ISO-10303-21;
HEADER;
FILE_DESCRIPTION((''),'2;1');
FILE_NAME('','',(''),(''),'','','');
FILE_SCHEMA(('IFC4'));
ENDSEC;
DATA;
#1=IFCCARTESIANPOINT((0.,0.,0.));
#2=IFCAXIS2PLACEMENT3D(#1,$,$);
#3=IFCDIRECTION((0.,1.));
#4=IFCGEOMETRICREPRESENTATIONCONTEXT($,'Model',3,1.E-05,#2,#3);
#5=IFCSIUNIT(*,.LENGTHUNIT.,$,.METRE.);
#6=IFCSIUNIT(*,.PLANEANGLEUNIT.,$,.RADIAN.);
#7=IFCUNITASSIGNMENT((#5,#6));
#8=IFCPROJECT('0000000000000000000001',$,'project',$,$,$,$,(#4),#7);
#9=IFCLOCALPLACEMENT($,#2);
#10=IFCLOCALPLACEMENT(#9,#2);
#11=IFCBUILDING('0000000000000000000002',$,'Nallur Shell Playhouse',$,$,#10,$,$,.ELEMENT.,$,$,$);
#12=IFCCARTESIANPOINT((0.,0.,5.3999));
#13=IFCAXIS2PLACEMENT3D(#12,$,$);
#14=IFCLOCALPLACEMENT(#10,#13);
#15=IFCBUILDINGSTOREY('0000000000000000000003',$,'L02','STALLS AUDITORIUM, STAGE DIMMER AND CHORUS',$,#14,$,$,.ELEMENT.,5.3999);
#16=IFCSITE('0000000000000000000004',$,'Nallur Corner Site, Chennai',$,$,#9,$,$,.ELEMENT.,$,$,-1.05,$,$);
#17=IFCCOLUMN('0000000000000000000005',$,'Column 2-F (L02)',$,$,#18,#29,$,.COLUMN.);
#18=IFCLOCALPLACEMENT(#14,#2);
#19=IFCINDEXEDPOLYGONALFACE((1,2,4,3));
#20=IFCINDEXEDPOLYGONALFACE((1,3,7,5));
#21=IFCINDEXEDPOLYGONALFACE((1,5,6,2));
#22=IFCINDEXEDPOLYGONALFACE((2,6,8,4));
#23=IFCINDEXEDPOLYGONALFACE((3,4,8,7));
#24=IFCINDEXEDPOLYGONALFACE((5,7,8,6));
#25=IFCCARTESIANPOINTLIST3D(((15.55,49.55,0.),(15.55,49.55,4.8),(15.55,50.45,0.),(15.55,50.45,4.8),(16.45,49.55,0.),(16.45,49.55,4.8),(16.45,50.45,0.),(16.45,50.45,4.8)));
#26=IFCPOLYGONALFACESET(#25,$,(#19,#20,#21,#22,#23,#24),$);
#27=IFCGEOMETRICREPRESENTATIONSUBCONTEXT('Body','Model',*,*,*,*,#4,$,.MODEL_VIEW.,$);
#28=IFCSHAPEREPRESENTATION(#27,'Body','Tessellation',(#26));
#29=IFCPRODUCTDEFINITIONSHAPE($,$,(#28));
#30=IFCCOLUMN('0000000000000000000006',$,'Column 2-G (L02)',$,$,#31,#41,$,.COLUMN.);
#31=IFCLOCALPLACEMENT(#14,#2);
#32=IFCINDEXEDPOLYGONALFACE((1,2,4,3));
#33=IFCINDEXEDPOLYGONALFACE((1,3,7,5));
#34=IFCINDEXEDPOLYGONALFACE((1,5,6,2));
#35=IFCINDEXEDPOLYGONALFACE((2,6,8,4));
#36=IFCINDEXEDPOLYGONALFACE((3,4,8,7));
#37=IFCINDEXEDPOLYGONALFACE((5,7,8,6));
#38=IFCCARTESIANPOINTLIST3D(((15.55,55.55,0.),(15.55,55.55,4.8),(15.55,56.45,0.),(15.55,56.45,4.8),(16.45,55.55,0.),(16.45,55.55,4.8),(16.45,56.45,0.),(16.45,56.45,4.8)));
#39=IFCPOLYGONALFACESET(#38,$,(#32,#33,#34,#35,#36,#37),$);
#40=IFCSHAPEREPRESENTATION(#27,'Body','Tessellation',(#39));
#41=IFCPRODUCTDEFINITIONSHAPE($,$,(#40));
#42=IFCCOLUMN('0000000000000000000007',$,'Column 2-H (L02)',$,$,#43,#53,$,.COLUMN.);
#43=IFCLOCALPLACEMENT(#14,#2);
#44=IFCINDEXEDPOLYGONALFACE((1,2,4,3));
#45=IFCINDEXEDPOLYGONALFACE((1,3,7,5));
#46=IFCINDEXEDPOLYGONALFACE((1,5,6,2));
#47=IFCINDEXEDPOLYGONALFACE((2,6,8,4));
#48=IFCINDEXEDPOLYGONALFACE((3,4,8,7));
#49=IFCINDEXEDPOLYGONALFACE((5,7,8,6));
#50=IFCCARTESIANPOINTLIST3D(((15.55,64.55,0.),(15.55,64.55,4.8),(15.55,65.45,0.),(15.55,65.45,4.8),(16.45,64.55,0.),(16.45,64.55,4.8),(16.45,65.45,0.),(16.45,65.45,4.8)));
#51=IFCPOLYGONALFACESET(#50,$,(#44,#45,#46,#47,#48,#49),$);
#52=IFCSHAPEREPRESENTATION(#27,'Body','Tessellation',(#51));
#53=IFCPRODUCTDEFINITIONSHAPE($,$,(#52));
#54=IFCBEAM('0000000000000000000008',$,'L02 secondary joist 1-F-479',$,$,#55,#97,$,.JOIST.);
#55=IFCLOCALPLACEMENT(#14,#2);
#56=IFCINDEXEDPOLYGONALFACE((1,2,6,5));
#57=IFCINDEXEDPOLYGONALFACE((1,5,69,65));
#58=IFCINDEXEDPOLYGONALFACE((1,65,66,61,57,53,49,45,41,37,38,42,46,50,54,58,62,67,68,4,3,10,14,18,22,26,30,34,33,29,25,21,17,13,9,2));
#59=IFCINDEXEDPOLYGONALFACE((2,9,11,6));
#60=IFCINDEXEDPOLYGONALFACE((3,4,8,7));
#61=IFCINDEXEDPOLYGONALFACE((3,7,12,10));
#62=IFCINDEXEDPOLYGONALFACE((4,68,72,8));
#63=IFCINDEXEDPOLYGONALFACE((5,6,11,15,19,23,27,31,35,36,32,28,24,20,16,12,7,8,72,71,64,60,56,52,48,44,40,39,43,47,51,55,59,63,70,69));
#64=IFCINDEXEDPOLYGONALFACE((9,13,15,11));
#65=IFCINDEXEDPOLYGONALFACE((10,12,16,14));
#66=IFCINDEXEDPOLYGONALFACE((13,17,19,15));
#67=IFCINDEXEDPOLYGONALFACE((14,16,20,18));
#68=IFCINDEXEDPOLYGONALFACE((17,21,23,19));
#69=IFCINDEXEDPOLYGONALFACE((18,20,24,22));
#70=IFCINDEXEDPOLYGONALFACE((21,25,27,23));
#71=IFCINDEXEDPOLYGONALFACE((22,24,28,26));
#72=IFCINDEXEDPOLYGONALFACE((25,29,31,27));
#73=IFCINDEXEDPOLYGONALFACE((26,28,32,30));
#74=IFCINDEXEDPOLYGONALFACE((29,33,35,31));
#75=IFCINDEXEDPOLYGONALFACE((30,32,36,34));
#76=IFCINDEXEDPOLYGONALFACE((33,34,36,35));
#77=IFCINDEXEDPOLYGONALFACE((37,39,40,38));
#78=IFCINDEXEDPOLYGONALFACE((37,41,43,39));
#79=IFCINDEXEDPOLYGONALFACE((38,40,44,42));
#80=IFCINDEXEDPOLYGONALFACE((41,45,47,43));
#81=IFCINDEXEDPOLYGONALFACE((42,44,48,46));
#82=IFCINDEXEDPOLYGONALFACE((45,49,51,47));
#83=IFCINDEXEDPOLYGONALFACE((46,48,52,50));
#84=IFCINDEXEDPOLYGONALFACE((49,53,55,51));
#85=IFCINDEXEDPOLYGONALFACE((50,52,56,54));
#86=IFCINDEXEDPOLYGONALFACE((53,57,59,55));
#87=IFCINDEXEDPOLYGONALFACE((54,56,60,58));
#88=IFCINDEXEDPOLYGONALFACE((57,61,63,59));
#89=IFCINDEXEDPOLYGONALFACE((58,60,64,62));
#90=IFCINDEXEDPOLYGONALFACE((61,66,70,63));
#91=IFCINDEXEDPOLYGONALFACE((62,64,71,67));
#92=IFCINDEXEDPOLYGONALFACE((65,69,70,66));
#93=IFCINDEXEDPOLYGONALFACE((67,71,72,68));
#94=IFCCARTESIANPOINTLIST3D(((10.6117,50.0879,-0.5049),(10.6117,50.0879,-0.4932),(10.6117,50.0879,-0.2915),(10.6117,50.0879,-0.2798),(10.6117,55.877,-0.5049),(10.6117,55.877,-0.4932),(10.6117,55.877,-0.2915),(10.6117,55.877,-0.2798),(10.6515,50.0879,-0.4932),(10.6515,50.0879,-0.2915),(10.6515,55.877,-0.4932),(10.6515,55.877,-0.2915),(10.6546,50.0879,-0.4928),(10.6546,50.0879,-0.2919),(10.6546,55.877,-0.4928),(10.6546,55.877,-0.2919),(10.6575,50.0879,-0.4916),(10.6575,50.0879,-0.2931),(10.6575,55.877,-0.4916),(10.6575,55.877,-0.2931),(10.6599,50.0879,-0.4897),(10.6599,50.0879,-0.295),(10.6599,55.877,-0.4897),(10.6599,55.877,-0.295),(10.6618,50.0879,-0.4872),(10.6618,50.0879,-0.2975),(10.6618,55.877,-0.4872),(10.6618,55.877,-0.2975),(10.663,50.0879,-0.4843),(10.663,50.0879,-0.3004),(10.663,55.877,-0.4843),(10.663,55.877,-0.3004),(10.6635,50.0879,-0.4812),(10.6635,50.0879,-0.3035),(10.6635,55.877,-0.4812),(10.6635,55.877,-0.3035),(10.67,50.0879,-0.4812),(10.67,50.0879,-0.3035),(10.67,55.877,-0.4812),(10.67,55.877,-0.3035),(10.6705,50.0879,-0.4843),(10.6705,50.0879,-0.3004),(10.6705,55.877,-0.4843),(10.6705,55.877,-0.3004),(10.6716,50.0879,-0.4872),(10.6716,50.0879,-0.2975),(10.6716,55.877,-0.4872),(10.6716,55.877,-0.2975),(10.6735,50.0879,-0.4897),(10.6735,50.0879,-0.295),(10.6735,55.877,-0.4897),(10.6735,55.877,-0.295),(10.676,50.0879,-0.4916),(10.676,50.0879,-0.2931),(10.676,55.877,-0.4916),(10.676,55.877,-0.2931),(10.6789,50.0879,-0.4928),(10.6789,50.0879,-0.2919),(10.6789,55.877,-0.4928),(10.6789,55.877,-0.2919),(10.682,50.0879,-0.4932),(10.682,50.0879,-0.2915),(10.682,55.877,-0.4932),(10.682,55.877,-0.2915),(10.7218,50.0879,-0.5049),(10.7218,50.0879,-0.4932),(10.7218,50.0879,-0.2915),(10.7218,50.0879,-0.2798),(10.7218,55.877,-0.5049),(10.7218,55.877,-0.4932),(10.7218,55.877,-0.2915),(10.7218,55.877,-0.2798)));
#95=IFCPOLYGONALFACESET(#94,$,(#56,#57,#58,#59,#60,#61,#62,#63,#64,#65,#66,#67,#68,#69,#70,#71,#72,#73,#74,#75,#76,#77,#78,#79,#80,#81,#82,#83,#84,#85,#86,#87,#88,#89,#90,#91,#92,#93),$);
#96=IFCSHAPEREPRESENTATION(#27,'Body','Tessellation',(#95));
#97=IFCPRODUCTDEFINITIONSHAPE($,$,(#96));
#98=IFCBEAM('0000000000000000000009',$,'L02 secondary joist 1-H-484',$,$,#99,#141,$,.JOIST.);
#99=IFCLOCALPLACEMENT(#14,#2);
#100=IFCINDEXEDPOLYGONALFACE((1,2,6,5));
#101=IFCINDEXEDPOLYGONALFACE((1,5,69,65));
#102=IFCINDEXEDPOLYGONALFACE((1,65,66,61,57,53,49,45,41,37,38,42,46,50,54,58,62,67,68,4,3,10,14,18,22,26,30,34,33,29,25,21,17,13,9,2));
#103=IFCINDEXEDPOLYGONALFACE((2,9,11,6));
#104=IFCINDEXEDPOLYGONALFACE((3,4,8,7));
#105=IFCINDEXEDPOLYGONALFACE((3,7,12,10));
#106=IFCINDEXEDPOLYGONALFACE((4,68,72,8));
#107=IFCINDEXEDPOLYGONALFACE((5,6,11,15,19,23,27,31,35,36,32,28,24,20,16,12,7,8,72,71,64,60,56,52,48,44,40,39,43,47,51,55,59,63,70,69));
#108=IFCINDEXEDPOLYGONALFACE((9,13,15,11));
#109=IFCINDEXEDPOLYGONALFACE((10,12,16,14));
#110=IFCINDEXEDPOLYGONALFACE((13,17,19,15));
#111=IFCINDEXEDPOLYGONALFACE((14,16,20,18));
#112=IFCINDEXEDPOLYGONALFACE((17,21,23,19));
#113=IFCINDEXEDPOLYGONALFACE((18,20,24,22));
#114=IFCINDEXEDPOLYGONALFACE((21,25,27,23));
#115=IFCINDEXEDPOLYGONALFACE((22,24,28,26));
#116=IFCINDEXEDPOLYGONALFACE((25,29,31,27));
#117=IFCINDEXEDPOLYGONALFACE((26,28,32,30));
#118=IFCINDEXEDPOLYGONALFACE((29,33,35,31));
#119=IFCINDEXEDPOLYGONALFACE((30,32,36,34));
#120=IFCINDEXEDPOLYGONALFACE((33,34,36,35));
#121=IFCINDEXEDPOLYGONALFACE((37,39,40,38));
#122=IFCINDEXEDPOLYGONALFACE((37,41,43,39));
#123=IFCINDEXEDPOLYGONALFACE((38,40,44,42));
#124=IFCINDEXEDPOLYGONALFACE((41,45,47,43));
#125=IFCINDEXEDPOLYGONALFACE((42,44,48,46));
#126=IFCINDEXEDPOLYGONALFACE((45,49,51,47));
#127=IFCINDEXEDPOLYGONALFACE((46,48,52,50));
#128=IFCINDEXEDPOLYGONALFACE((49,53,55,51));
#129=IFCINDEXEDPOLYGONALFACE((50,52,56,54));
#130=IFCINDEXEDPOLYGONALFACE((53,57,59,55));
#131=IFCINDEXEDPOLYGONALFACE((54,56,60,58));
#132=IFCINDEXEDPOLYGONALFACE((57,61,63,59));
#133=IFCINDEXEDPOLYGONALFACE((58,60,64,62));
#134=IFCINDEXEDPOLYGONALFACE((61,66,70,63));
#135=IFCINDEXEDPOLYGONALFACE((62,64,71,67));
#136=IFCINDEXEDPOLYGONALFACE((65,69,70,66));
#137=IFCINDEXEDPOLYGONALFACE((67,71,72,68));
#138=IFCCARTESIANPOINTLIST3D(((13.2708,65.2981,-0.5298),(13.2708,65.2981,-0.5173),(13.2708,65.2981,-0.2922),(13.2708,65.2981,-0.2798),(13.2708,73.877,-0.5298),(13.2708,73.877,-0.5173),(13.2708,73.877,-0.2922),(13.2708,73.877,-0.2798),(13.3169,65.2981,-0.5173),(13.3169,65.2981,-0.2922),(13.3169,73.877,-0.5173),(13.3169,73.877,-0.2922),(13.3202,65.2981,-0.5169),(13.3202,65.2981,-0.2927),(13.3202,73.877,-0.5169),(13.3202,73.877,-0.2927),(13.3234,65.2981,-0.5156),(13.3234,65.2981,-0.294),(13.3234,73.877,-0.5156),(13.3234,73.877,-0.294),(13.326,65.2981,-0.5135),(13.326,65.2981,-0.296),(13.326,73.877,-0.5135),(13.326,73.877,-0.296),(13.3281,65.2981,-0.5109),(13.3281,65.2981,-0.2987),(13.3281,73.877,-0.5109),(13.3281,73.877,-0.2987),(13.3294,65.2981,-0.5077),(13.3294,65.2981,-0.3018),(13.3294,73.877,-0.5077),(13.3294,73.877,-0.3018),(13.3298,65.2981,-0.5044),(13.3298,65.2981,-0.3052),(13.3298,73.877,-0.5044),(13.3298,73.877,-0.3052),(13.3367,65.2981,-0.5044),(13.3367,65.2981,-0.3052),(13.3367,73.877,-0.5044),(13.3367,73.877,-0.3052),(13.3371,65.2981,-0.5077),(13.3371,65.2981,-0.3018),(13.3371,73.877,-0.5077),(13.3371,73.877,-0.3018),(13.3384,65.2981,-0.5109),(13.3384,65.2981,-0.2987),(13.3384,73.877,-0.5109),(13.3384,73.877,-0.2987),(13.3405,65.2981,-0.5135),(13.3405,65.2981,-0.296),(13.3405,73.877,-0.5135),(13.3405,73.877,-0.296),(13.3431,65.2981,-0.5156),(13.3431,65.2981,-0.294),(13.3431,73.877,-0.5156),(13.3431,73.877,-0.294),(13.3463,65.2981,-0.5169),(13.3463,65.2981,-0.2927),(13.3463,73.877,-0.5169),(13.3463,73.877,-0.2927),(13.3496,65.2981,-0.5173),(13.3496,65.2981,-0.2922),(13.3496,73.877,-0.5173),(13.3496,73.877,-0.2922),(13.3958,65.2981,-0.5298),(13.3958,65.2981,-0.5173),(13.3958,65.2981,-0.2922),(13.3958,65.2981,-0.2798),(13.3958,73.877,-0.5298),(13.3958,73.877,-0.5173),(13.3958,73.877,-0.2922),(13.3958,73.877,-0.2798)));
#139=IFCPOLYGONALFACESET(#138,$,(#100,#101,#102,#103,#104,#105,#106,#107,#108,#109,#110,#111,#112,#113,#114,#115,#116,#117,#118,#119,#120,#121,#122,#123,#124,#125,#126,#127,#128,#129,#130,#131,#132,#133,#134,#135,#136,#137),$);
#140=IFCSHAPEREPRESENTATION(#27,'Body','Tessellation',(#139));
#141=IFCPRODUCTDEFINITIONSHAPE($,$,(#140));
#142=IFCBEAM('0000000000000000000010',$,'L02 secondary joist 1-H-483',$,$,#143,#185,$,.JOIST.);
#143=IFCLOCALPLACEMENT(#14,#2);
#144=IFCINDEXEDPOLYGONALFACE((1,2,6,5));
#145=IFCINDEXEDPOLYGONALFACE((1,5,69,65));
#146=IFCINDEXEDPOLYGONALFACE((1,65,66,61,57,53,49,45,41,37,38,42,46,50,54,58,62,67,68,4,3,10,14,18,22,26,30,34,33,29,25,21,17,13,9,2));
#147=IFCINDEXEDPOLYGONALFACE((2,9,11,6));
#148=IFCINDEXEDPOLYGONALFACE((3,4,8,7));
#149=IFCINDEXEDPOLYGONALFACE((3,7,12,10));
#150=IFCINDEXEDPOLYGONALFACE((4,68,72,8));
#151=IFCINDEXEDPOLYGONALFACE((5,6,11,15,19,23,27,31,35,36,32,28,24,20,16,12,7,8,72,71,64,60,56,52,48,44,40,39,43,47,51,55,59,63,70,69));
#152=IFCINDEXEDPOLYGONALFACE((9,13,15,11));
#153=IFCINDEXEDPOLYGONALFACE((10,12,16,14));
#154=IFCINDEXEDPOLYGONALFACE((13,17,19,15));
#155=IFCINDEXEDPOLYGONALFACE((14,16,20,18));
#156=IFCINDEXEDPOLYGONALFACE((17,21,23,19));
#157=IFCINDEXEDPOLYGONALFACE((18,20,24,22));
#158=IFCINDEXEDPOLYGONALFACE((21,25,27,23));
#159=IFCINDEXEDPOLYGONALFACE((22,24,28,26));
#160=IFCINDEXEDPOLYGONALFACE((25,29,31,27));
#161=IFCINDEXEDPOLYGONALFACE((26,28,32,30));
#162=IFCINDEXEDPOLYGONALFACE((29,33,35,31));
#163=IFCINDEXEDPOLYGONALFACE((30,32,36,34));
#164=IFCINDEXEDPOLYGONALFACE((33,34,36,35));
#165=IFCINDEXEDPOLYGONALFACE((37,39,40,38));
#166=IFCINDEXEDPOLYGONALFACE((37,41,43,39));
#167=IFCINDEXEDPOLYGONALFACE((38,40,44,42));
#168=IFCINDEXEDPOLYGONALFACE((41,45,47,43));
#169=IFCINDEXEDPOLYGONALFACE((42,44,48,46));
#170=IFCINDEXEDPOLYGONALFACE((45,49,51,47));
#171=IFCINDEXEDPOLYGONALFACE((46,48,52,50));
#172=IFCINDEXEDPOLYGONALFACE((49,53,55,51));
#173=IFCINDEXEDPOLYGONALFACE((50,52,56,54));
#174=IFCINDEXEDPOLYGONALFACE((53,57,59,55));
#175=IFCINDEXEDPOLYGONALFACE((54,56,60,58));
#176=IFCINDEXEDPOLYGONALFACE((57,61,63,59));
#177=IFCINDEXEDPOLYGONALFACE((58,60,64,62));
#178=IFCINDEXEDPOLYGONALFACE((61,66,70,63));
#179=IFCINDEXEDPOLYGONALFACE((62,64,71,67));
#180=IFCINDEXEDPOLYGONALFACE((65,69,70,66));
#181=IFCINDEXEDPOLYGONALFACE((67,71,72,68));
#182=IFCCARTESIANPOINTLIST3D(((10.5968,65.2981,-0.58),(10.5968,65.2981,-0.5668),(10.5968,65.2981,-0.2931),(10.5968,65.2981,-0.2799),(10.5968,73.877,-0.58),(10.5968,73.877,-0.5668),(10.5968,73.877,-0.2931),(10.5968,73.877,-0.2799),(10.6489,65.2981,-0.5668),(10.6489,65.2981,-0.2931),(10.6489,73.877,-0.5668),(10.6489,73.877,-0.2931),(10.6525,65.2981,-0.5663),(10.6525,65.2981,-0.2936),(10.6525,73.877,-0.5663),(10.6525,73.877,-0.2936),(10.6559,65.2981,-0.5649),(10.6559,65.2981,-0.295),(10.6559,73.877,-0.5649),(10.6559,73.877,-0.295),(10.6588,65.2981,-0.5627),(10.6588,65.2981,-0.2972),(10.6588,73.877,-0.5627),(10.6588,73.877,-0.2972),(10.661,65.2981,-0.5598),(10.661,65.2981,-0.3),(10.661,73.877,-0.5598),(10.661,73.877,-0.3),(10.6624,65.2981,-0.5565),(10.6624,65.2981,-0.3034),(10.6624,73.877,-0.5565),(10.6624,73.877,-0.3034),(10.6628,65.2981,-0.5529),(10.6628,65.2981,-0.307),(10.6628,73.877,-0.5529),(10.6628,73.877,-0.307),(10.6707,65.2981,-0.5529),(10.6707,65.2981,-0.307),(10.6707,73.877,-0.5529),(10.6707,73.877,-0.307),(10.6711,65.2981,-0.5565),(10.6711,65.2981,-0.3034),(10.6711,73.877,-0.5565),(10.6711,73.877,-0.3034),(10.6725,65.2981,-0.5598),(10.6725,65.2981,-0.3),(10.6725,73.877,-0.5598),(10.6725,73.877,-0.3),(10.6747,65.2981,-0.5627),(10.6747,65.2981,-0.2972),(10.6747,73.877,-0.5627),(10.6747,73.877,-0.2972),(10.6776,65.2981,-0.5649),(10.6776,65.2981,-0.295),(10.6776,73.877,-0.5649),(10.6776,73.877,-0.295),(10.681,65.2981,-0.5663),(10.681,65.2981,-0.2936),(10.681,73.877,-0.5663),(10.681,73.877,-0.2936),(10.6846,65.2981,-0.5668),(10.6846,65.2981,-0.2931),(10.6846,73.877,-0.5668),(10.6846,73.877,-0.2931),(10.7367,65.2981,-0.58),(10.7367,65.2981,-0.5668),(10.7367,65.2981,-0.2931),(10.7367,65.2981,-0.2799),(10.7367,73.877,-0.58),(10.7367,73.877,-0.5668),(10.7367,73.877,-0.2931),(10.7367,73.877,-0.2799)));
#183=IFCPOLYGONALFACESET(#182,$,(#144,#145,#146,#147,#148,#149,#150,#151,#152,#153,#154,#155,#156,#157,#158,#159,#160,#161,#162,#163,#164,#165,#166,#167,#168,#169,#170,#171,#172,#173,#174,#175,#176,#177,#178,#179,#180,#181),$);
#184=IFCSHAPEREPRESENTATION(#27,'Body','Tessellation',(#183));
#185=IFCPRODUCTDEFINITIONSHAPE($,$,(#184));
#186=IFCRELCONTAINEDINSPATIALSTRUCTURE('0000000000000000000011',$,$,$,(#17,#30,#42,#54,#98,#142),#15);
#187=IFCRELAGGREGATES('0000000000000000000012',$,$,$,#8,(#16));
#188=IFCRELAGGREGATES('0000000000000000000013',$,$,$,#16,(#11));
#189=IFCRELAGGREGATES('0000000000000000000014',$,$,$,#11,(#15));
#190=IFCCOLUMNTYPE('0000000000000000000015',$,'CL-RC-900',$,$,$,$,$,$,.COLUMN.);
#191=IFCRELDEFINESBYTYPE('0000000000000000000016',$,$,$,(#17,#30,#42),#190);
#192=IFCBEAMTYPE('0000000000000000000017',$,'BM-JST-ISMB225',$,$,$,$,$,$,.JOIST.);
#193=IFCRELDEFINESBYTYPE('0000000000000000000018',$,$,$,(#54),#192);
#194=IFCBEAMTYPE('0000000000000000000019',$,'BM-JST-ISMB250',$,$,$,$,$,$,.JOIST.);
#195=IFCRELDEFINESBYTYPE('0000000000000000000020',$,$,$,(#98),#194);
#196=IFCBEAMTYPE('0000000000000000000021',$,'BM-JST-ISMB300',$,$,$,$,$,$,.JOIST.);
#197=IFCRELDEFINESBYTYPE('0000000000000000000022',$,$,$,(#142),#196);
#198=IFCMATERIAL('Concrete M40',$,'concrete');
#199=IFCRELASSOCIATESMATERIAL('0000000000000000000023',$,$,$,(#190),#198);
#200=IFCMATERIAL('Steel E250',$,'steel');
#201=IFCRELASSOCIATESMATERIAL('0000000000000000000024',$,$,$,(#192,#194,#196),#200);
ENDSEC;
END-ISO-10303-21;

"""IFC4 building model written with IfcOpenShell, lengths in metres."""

from ifc_helpers import new_model, si_unit, direction, frame, origin, origin_2d, place, context, subcontext, project, spatial, rectangle, i_section, extrude, material, material_profile, profile_set, type_object, element, save


model = new_model("IFC4")

# Units and contexts
model_context = context("Model", 3, precision=1e-05, world=origin(), true_north=direction((0.0, 1.0)))
body_context = subcontext(model_context, "Body", "Model", "MODEL_VIEW")
ifc_project = project(units=[si_unit("LENGTHUNIT", "METRE"), si_unit("PLANEANGLEUNIT", "RADIAN")], contexts=[model_context])

# Site, building, storey
site_placement = place(None, origin())
site = spatial("IfcSite", under=ifc_project, at=site_placement, Name="Nallur Corner Site, Chennai", CompositionType="ELEMENT", RefElevation=-1.05)
building_placement = place(site_placement, origin())
building = spatial("IfcBuilding", under=site, at=building_placement, Name="Nallur Shell Playhouse", CompositionType="ELEMENT")
storey_placement = place(building_placement, frame((0.0, 0.0, 5.3999)))
storey = spatial("IfcBuildingStorey", under=building, at=storey_placement, Name="L02", Description="STALLS AUDITORIUM, STAGE DIMMER AND CHORUS", CompositionType="ELEMENT", Elevation=5.3999)

# Columns
ifc_material_1 = material(Name="Concrete M40", Category="concrete")
ifc_material_profile_1 = material_profile(ifc_material_1, rectangle(XDim=0.8999, YDim=0.8999, at=origin_2d()), Name="RC 900x900")
ifc_profile_set_1 = profile_set([ifc_material_profile_1], Name="Concrete M40")
column_type = type_object("IfcColumnType", Name="CL-RC-900", PredefinedType="COLUMN", material=ifc_profile_set_1)
for number, where, z_axis, x_axis, name in (
    (1, (16.0, 50.0, 0.0), (0.0, 0.0, 1.0), (1.0, 0.0, 0.0), "Column 2-F (L02)"),
    (2, (16.0, 56.0, 0.0), (0.0, 0.0, 1.0), (1.0, 0.0, 0.0), "Column 2-G (L02)"),
    (3, (16.0, 65.0, 0.0), (0.0, 0.0, 1.0), (1.0, 0.0, 0.0), "Column 2-H (L02)"),
):
    element("IfcColumn", number, at=place(storey_placement, frame(where, z_axis=z_axis, x_axis=x_axis)), inside=storey, type_object=column_type, Name=name, PredefinedType="COLUMN", context=body_context, shape_type="SweptSolid", body=[
        extrude(rectangle(XDim=0.8999, YDim=0.8999, at=origin_2d()), origin(), (0.0, 0.0, 1.0), 4.8),
    ])

# Beams
ifc_material_2 = material(Name="Steel E250", Category="steel")
ifc_material_profile_2 = material_profile(ifc_material_2, i_section(OverallWidth=0.1101, OverallDepth=0.2251, WebThickness=0.0066, FlangeThickness=0.0117, FilletRadius=0.012, at=origin_2d()), Name="ISMB 225")
ifc_profile_set_2 = profile_set([ifc_material_profile_2], Name="Steel E250")
beam_type_1 = type_object("IfcBeamType", Name="BM-JST-ISMB225", PredefinedType="JOIST", material=ifc_profile_set_2)
beam_1_placement = place(storey_placement, frame((10.6667, 50.0879, -0.3923), z_axis=(0.0, 1.0, 0.0), x_axis=(-1.0, 0.0, 0.0)))
element("IfcBeam", 4, at=beam_1_placement, inside=storey, type_object=beam_type_1, Name="L02 secondary joist 1-F-479", PredefinedType="JOIST", context=body_context, shape_type="SweptSolid", body=[
    extrude(i_section(OverallWidth=0.1101, OverallDepth=0.2251, WebThickness=0.0066, FlangeThickness=0.0117, FilletRadius=0.012, at=origin_2d()), origin(), (0.0, 0.0, 1.0), 5.7891),
])
ifc_material_profile_3 = material_profile(ifc_material_2, i_section(OverallWidth=0.125, OverallDepth=0.25, WebThickness=0.0068, FlangeThickness=0.0125, FilletRadius=0.0129, at=origin_2d()), Name="ISMB 250")
ifc_profile_set_3 = profile_set([ifc_material_profile_3], Name="Steel E250")
beam_type_2 = type_object("IfcBeamType", Name="BM-JST-ISMB250", PredefinedType="JOIST", material=ifc_profile_set_3)
beam_2_placement = place(storey_placement, frame((13.3333, 65.2981, -0.4048), z_axis=(0.0, 1.0, 0.0), x_axis=(-1.0, 0.0, 0.0)))
element("IfcBeam", 5, at=beam_2_placement, inside=storey, type_object=beam_type_2, Name="L02 secondary joist 1-H-484", PredefinedType="JOIST", context=body_context, shape_type="SweptSolid", body=[
    extrude(i_section(OverallWidth=0.125, OverallDepth=0.25, WebThickness=0.0068, FlangeThickness=0.0125, FilletRadius=0.0129, at=origin_2d()), origin(), (0.0, 0.0, 1.0), 8.5789),
])
ifc_material_profile_4 = material_profile(ifc_material_2, i_section(OverallWidth=0.1399, OverallDepth=0.3, WebThickness=0.0078, FlangeThickness=0.0132, FilletRadius=0.0139, at=origin_2d()), Name="ISMB 300")
ifc_profile_set_4 = profile_set([ifc_material_profile_4], Name="Steel E250")
beam_type_3 = type_object("IfcBeamType", Name="BM-JST-ISMB300", PredefinedType="JOIST", material=ifc_profile_set_4)
beam_3_placement = place(storey_placement, frame((10.6667, 65.2981, -0.4299), z_axis=(0.0, 1.0, 0.0), x_axis=(-1.0, 0.0, 0.0)))
element("IfcBeam", 6, at=beam_3_placement, inside=storey, type_object=beam_type_3, Name="L02 secondary joist 1-H-483", PredefinedType="JOIST", context=body_context, shape_type="SweptSolid", body=[
    extrude(i_section(OverallWidth=0.1399, OverallDepth=0.3, WebThickness=0.0078, FlangeThickness=0.0132, FilletRadius=0.0139, at=origin_2d()), origin(), (0.0, 0.0, 1.0), 8.5789),
])

save(model, "model.ifc")
